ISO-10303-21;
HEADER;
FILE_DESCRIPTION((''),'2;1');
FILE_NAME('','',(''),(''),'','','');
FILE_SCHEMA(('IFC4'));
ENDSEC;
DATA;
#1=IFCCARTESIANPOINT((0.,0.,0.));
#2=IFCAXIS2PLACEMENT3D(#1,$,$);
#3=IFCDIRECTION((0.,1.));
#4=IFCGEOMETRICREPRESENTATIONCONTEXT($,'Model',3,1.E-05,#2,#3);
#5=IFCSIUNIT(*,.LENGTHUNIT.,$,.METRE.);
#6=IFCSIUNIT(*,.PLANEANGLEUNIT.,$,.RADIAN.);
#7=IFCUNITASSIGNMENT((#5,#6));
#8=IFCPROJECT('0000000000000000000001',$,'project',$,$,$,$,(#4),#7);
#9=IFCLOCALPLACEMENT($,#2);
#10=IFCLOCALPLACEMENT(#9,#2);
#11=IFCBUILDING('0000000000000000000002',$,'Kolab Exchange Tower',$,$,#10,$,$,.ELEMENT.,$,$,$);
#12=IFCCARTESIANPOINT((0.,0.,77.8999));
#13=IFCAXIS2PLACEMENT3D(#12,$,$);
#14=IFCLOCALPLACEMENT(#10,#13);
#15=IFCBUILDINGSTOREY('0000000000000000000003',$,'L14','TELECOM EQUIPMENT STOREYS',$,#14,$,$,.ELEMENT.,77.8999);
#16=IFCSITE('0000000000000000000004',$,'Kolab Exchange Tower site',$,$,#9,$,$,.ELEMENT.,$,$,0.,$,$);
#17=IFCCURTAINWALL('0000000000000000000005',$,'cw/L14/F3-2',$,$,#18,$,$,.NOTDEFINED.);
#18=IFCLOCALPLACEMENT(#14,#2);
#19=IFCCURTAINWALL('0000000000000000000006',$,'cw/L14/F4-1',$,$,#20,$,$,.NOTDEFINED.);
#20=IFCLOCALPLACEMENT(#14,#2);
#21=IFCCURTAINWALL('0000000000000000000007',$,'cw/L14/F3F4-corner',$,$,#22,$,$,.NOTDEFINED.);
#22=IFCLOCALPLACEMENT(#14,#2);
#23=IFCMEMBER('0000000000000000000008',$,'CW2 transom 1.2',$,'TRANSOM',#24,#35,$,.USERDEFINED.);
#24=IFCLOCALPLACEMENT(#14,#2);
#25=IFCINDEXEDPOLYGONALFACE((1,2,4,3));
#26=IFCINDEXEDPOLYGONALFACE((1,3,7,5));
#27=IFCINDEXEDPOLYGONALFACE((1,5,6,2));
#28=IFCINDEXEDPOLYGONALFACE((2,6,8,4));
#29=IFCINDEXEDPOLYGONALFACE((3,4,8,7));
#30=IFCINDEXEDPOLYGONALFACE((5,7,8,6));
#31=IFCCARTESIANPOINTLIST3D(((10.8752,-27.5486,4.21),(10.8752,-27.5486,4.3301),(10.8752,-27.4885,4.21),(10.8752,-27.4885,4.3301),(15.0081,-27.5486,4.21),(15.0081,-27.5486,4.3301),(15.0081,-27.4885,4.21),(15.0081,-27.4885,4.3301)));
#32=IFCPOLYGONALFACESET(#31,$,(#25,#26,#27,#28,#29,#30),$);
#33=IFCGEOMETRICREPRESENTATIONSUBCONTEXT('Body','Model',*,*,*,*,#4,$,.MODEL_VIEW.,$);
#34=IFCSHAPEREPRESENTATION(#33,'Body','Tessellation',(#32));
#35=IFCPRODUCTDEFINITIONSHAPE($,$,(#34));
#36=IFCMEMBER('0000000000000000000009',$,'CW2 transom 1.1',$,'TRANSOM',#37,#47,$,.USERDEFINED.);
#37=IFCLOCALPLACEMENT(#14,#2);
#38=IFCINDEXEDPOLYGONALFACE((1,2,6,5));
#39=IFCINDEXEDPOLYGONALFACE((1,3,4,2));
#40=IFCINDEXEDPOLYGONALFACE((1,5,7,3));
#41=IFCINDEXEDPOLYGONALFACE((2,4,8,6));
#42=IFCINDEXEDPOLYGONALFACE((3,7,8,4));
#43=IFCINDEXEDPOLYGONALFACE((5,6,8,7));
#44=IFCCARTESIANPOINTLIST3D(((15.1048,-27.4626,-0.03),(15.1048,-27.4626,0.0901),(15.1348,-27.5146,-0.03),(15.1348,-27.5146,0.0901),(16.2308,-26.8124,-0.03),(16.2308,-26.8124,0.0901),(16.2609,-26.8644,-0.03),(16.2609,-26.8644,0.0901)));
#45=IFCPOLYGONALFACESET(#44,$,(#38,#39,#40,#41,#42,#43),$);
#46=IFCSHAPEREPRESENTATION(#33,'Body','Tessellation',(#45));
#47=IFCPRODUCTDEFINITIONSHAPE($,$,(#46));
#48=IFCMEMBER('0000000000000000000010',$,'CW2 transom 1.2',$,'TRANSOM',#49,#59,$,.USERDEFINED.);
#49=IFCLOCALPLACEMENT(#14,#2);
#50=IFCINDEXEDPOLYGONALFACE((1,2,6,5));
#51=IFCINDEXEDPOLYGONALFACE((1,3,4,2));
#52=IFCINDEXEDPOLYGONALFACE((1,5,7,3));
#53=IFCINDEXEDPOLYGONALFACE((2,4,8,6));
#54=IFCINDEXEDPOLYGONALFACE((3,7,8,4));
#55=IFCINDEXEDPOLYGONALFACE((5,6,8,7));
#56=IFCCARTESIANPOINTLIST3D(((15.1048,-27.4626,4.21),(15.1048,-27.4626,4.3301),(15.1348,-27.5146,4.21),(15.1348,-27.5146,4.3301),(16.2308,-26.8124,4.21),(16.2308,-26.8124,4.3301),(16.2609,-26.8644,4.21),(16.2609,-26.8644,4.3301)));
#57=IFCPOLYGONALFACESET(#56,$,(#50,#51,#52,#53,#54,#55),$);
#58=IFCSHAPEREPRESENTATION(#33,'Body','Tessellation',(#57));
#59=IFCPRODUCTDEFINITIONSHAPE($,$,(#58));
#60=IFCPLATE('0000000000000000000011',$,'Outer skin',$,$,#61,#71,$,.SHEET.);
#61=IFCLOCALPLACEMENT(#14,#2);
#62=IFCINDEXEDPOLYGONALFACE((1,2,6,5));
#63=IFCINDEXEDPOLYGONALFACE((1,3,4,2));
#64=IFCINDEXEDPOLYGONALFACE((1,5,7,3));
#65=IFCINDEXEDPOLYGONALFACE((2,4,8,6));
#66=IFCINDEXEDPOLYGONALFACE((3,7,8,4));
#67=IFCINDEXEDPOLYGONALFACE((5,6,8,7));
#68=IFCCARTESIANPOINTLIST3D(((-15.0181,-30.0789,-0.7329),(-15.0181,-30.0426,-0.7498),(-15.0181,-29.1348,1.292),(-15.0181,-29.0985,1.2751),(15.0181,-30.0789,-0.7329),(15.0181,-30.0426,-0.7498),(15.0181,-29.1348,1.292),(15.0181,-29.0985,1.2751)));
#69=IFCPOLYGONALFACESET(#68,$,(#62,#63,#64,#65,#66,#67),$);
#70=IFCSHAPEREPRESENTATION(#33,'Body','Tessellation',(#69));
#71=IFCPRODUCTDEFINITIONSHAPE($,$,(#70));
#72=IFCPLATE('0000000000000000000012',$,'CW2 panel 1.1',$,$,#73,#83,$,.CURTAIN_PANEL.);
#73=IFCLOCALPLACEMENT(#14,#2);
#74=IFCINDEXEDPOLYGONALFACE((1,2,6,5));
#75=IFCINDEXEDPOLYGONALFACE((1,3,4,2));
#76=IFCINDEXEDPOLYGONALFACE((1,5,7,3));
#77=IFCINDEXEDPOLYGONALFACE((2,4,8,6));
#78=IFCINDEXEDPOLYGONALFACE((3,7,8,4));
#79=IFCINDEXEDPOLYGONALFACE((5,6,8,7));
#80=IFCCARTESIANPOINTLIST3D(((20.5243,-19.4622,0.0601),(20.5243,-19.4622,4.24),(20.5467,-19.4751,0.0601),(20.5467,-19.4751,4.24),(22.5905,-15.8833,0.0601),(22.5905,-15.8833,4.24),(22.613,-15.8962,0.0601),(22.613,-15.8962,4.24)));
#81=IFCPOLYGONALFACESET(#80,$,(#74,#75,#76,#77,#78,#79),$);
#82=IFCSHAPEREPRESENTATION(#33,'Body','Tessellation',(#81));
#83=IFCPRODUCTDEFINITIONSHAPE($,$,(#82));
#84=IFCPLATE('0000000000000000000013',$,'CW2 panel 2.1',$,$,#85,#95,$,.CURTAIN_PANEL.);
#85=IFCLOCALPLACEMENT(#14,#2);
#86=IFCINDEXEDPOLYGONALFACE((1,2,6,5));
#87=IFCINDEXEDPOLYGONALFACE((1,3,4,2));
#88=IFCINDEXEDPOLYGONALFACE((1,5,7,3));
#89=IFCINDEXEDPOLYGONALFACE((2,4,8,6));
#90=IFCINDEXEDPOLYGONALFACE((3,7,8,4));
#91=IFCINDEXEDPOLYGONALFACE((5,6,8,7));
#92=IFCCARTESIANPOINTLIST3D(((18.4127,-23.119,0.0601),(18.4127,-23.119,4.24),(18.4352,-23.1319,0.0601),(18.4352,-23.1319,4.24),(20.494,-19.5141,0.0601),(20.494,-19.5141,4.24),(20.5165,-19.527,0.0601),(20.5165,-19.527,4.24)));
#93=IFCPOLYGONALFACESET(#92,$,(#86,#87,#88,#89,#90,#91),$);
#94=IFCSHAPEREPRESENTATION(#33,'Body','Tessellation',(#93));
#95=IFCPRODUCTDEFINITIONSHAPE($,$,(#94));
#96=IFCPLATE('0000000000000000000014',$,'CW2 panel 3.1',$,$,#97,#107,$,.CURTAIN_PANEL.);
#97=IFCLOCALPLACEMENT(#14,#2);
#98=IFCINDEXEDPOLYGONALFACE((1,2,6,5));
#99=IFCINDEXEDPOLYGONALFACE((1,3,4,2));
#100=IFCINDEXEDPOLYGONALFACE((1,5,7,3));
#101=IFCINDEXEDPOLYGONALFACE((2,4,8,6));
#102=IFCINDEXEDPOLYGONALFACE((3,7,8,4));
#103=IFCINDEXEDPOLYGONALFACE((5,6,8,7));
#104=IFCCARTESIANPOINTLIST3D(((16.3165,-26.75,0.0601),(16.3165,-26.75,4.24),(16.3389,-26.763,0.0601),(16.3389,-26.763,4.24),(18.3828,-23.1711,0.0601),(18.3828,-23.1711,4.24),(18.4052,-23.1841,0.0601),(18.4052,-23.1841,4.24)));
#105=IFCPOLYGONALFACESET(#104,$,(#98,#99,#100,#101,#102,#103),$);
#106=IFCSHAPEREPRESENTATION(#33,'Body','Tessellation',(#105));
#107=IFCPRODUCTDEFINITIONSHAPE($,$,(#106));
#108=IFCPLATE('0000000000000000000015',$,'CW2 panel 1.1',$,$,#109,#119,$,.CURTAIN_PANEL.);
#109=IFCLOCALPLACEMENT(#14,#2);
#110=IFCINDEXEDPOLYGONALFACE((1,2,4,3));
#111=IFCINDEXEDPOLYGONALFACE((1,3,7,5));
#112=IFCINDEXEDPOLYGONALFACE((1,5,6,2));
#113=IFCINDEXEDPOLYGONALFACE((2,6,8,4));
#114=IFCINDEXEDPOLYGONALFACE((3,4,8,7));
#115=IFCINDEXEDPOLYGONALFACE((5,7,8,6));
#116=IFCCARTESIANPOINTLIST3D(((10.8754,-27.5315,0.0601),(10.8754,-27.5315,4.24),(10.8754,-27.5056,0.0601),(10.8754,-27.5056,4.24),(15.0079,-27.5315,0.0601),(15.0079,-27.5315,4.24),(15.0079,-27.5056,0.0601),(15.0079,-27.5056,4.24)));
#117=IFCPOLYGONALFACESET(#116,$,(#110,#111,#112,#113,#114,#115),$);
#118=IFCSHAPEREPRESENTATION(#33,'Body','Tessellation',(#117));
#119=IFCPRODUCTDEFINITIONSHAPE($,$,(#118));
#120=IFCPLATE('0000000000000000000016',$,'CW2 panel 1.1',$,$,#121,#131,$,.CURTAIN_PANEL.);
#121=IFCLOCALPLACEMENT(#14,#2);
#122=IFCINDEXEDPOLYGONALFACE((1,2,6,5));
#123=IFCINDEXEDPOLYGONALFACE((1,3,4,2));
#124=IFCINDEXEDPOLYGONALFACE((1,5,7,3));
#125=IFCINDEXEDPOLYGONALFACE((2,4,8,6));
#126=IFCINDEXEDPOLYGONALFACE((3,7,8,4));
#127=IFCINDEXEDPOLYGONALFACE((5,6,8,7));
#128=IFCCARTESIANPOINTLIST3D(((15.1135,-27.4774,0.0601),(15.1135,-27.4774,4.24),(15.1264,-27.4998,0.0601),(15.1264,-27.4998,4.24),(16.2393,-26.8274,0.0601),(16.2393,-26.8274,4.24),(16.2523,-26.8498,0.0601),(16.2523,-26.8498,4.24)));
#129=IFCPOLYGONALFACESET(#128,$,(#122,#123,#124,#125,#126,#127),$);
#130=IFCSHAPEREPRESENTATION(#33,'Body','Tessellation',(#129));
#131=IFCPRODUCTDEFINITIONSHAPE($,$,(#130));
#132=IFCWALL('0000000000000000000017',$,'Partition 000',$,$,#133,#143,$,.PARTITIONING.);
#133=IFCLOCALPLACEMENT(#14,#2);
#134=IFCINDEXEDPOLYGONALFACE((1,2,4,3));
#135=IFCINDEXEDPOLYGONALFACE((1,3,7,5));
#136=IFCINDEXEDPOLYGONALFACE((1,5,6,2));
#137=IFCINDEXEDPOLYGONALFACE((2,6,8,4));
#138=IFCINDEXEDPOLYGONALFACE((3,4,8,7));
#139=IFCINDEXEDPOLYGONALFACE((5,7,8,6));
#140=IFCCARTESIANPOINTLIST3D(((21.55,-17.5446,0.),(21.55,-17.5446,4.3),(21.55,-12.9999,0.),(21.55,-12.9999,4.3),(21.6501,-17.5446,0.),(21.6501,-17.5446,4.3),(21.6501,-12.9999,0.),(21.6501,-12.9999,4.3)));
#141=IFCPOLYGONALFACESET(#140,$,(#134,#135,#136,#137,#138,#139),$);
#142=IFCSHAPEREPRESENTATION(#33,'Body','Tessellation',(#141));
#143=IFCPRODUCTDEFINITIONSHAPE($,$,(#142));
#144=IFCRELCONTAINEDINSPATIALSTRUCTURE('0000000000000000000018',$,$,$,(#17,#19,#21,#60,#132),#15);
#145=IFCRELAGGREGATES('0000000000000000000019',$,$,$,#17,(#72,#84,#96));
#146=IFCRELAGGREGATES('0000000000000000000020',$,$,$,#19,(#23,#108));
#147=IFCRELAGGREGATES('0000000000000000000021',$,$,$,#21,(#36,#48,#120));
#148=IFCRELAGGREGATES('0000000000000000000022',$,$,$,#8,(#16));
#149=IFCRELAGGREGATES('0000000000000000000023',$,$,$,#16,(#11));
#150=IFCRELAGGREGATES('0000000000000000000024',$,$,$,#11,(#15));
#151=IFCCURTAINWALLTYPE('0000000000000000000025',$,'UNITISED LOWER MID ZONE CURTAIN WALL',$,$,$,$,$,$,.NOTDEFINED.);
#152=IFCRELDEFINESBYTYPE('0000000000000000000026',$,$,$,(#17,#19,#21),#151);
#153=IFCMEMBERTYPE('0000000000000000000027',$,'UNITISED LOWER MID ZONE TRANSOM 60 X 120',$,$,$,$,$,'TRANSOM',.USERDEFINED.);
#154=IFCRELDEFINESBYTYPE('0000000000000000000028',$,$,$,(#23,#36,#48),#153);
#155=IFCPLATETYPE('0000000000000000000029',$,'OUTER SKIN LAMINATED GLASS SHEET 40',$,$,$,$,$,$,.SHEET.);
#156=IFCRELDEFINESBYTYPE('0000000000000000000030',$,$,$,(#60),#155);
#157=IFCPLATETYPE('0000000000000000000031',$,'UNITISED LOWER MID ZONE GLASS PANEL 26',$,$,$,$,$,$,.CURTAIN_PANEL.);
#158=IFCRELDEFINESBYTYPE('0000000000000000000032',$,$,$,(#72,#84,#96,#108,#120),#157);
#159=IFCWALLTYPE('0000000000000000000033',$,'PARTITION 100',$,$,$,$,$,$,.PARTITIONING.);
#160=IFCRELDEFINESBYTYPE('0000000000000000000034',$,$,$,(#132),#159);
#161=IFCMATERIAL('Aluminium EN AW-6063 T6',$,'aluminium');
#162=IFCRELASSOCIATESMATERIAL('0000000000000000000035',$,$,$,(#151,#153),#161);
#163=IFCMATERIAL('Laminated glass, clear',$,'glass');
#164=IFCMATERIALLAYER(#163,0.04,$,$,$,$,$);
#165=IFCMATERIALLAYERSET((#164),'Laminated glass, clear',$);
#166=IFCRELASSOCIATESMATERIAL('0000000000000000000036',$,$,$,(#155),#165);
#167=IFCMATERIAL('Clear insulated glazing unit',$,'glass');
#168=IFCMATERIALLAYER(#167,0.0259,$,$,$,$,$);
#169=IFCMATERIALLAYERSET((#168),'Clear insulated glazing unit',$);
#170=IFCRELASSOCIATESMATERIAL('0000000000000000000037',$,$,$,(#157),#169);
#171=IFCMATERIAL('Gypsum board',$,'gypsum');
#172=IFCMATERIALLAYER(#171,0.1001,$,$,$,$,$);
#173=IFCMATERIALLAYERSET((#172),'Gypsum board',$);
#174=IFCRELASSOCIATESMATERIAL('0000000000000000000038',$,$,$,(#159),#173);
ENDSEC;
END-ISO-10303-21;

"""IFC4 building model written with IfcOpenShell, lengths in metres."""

from ifc_helpers import new_model, si_unit, direction, frame, frame_2d, origin, origin_2d, place, context, subcontext, project, spatial, polyline, rectangle, outline, extrude, material, layer, layer_set, material_profile, profile_set, type_object, element, aggregate, save


model = new_model("IFC4")

# Units and contexts
model_context = context("Model", 3, precision=1e-05, world=origin(), true_north=direction((0.0, 1.0)))
body_context = subcontext(model_context, "Body", "Model", "MODEL_VIEW")
ifc_project = project(units=[si_unit("LENGTHUNIT", "METRE"), si_unit("PLANEANGLEUNIT", "RADIAN")], contexts=[model_context])

# Site, building, storey
site_placement = place(None, origin())
site = spatial("IfcSite", under=ifc_project, at=site_placement, Name="Kolab Exchange Tower site", CompositionType="ELEMENT", RefElevation=0.0)
building_placement = place(site_placement, origin())
building = spatial("IfcBuilding", under=site, at=building_placement, Name="Kolab Exchange Tower", CompositionType="ELEMENT")
storey_placement = place(building_placement, frame((0.0, 0.0, 77.8999)))
storey = spatial("IfcBuildingStorey", under=building, at=storey_placement, Name="L14", Description="TELECOM EQUIPMENT STOREYS", CompositionType="ELEMENT", Elevation=77.8999)

# Curtain wall
ifc_material_1 = material(Name="Aluminium EN AW-6063 T6", Category="aluminium")
curtain_wall_type = type_object("IfcCurtainWallType", Name="UNITISED LOWER MID ZONE CURTAIN WALL", PredefinedType="NOTDEFINED", material=ifc_material_1)
curtain_wall_1_placement = place(storey_placement, origin())
curtain_wall_1 = element("IfcCurtainWall", 1, at=curtain_wall_1_placement, inside=storey, type_object=curtain_wall_type, Name="cw/L14/F3-2", PredefinedType="NOTDEFINED")

# Curtain wall
curtain_wall_2_placement = place(storey_placement, origin())
curtain_wall_2 = element("IfcCurtainWall", 2, at=curtain_wall_2_placement, inside=storey, type_object=curtain_wall_type, Name="cw/L14/F4-1", PredefinedType="NOTDEFINED")

# Curtain wall
curtain_wall_3_placement = place(storey_placement, origin())
curtain_wall_3 = element("IfcCurtainWall", 3, at=curtain_wall_3_placement, inside=storey, type_object=curtain_wall_type, Name="cw/L14/F3F4-corner", PredefinedType="NOTDEFINED")

# Members
ifc_material_profile_1 = material_profile(ifc_material_1, rectangle(XDim=0.0601, YDim=0.1201, at=origin_2d()), Name="RECT 60X120")
ifc_profile_set_1 = profile_set([ifc_material_profile_1], Name="Aluminium EN AW-6063 T6")
member_type_1 = type_object("IfcMemberType", Name="UNITISED LOWER MID ZONE TRANSOM 60 X 120", ElementType="TRANSOM", PredefinedType="USERDEFINED", material=ifc_profile_set_1)
member_1_placement = place(storey_placement, frame((15.0081, -27.5186, 4.27), z_axis=(-1.0, 0.0, 0.0), x_axis=(0.0, -1.0, 0.0)))
member_1 = element("IfcMember", 4, at=member_1_placement, type_object=member_type_1, Name="CW2 transom 1.2", ObjectType="TRANSOM", PredefinedType="USERDEFINED", context=body_context, shape_type="SweptSolid", body=[
    extrude(rectangle(XDim=0.0601, YDim=0.1201, at=origin_2d()), origin(), (0.0, 0.0, 1.0), 4.1328),
])
member_2_placement = place(storey_placement, frame((16.2458, -26.8384, 0.03), z_axis=(-0.866004, -0.500037, 0.0), x_axis=(0.500037, -0.866004, 0.0)))
member_2 = element("IfcMember", 5, at=member_2_placement, type_object=member_type_1, Name="CW2 transom 1.1", ObjectType="TRANSOM", PredefinedType="USERDEFINED", context=body_context, shape_type="SweptSolid", body=[
    extrude(rectangle(XDim=0.0601, YDim=0.1201, at=origin_2d()), origin(), (0.0, 0.0, 1.0), 1.3003),
])
member_3_placement = place(storey_placement, frame((16.2458, -26.8384, 4.27), z_axis=(-0.866004, -0.500037, 0.0), x_axis=(0.500037, -0.866004, 0.0)))
member_3 = element("IfcMember", 6, at=member_3_placement, type_object=member_type_1, Name="CW2 transom 1.2", ObjectType="TRANSOM", PredefinedType="USERDEFINED", context=body_context, shape_type="SweptSolid", body=[
    extrude(rectangle(XDim=0.0601, YDim=0.1201, at=origin_2d()), origin(), (0.0, 0.0, 1.0), 1.3003),
])

# Plates
ifc_material_2 = material(Name="Laminated glass, clear", Category="glass")
ifc_layer_1 = layer(ifc_material_2, 0.04)
ifc_layer_set_1 = layer_set([ifc_layer_1], Name="Laminated glass, clear")
plate_type_1 = type_object("IfcPlateType", Name="OUTER SKIN LAMINATED GLASS SHEET 40", PredefinedType="SHEET", material=ifc_layer_set_1)
plate_1_placement = place(storey_placement, frame((15.0181, -30.0789, -0.7329), z_axis=(0.0, -0.906331, 0.422568), x_axis=(-1.0, 0.0, 0.0)))
element("IfcPlate", 7, at=plate_1_placement, inside=storey, type_object=plate_type_1, Name="Outer skin", PredefinedType="SHEET", context=body_context, shape_type="SweptSolid", body=[
    extrude(outline(polyline([(0.0, 0.0), (30.0361, 0.0), (30.0361, -2.2342), (0.0, -2.2342), (0.0, 0.0)])), origin(), (0.0, 0.0, -1.0), 0.04),
])
ifc_material_3 = material(Name="Clear insulated glazing unit", Category="glass")
ifc_layer_2 = layer(ifc_material_3, 0.0259)
ifc_layer_set_2 = layer_set([ifc_layer_2], Name="Clear insulated glazing unit")
plate_type_2 = type_object("IfcPlateType", Name="UNITISED LOWER MID ZONE GLASS PANEL 26", PredefinedType="CURTAIN_PANEL", material=ifc_layer_set_2)
plate_2_placement = place(storey_placement, frame((21.5686, -17.6792, 0.0601), z_axis=(0.0, 0.0, 1.0), x_axis=(-0.5, -0.866025, 0.0)))
plate_2 = element("IfcPlate", 8, at=plate_2_placement, type_object=plate_type_2, Name="CW2 panel 1.1", PredefinedType="CURTAIN_PANEL", context=body_context, shape_type="SweptSolid", body=[
    extrude(rectangle(XDim=4.1326, YDim=0.0259, at=origin_2d()), origin(), (0.0, 0.0, 1.0), 4.1799),
])
plate_3_placement = place(storey_placement, frame((19.4646, -21.323, 0.0601), z_axis=(0.0, 0.0, 1.0), x_axis=(-0.5, -0.866025, 0.0)))
plate_3 = element("IfcPlate", 9, at=plate_3_placement, type_object=plate_type_2, Name="CW2 panel 2.1", PredefinedType="CURTAIN_PANEL", context=body_context, shape_type="SweptSolid", body=[
    extrude(rectangle(XDim=4.1626, YDim=0.0259, at=origin_2d()), origin(), (0.0, 0.0, 1.0), 4.1799),
])
plate_4_placement = place(storey_placement, frame((17.3608, -24.967, 0.0601), z_axis=(0.0, 0.0, 1.0), x_axis=(-0.5, -0.866025, 0.0)))
plate_4 = element("IfcPlate", 10, at=plate_4_placement, type_object=plate_type_2, Name="CW2 panel 3.1", PredefinedType="CURTAIN_PANEL", context=body_context, shape_type="SweptSolid", body=[
    extrude(rectangle(XDim=4.1326, YDim=0.0259, at=origin_2d()), origin(), (0.0, 0.0, 1.0), 4.1799),
])
aggregate(curtain_wall_1, [plate_2, plate_3, plate_4])
plate_5_placement = place(storey_placement, frame((12.9417, -27.5186, 0.0601), z_axis=(0.0, 0.0, 1.0), x_axis=(-1.0, 0.0, 0.0)))
plate_5 = element("IfcPlate", 11, at=plate_5_placement, type_object=plate_type_2, Name="CW2 panel 1.1", PredefinedType="CURTAIN_PANEL", context=body_context, shape_type="SweptSolid", body=[
    extrude(rectangle(XDim=4.1326, YDim=0.0259, at=origin_2d()), origin(), (0.0, 0.0, 1.0), 4.1799),
])
aggregate(curtain_wall_2, [member_1, plate_5])
plate_6_placement = place(storey_placement, frame((15.6829, -27.1636, 0.0601), z_axis=(0.0, 0.0, 1.0), x_axis=(-0.866025, -0.5, 0.0)))
plate_6 = element("IfcPlate", 12, at=plate_6_placement, type_object=plate_type_2, Name="CW2 panel 1.1", PredefinedType="CURTAIN_PANEL", context=body_context, shape_type="SweptSolid", body=[
    extrude(rectangle(XDim=1.3, YDim=0.0259, at=origin_2d()), origin(), (0.0, 0.0, 1.0), 4.1799),
])
aggregate(curtain_wall_3, [member_2, member_3, plate_6])

# Wall
ifc_material_4 = material(Name="Gypsum board", Category="gypsum")
ifc_layer_3 = layer(ifc_material_4, 0.1001)
ifc_layer_set_3 = layer_set([ifc_layer_3], Name="Gypsum board")
wall_type = type_object("IfcWallType", Name="PARTITION 100", PredefinedType="PARTITIONING", material=ifc_layer_set_3)
wall_placement = place(storey_placement, frame((21.6001, -17.5447, 0.0), z_axis=(0.0, 0.0, 1.0), x_axis=(0.0, 1.0, 0.0)))
element("IfcWall", 13, at=wall_placement, inside=storey, type_object=wall_type, Name="Partition 000", PredefinedType="PARTITIONING", context=body_context, shape_type="SweptSolid", body=[
    extrude(rectangle(XDim=4.5447, YDim=0.1001, at=frame_2d((2.2725, 0.0))), origin(), (0.0, 0.0, 1.0), 4.3),
])

save(model, "model.ifc")
